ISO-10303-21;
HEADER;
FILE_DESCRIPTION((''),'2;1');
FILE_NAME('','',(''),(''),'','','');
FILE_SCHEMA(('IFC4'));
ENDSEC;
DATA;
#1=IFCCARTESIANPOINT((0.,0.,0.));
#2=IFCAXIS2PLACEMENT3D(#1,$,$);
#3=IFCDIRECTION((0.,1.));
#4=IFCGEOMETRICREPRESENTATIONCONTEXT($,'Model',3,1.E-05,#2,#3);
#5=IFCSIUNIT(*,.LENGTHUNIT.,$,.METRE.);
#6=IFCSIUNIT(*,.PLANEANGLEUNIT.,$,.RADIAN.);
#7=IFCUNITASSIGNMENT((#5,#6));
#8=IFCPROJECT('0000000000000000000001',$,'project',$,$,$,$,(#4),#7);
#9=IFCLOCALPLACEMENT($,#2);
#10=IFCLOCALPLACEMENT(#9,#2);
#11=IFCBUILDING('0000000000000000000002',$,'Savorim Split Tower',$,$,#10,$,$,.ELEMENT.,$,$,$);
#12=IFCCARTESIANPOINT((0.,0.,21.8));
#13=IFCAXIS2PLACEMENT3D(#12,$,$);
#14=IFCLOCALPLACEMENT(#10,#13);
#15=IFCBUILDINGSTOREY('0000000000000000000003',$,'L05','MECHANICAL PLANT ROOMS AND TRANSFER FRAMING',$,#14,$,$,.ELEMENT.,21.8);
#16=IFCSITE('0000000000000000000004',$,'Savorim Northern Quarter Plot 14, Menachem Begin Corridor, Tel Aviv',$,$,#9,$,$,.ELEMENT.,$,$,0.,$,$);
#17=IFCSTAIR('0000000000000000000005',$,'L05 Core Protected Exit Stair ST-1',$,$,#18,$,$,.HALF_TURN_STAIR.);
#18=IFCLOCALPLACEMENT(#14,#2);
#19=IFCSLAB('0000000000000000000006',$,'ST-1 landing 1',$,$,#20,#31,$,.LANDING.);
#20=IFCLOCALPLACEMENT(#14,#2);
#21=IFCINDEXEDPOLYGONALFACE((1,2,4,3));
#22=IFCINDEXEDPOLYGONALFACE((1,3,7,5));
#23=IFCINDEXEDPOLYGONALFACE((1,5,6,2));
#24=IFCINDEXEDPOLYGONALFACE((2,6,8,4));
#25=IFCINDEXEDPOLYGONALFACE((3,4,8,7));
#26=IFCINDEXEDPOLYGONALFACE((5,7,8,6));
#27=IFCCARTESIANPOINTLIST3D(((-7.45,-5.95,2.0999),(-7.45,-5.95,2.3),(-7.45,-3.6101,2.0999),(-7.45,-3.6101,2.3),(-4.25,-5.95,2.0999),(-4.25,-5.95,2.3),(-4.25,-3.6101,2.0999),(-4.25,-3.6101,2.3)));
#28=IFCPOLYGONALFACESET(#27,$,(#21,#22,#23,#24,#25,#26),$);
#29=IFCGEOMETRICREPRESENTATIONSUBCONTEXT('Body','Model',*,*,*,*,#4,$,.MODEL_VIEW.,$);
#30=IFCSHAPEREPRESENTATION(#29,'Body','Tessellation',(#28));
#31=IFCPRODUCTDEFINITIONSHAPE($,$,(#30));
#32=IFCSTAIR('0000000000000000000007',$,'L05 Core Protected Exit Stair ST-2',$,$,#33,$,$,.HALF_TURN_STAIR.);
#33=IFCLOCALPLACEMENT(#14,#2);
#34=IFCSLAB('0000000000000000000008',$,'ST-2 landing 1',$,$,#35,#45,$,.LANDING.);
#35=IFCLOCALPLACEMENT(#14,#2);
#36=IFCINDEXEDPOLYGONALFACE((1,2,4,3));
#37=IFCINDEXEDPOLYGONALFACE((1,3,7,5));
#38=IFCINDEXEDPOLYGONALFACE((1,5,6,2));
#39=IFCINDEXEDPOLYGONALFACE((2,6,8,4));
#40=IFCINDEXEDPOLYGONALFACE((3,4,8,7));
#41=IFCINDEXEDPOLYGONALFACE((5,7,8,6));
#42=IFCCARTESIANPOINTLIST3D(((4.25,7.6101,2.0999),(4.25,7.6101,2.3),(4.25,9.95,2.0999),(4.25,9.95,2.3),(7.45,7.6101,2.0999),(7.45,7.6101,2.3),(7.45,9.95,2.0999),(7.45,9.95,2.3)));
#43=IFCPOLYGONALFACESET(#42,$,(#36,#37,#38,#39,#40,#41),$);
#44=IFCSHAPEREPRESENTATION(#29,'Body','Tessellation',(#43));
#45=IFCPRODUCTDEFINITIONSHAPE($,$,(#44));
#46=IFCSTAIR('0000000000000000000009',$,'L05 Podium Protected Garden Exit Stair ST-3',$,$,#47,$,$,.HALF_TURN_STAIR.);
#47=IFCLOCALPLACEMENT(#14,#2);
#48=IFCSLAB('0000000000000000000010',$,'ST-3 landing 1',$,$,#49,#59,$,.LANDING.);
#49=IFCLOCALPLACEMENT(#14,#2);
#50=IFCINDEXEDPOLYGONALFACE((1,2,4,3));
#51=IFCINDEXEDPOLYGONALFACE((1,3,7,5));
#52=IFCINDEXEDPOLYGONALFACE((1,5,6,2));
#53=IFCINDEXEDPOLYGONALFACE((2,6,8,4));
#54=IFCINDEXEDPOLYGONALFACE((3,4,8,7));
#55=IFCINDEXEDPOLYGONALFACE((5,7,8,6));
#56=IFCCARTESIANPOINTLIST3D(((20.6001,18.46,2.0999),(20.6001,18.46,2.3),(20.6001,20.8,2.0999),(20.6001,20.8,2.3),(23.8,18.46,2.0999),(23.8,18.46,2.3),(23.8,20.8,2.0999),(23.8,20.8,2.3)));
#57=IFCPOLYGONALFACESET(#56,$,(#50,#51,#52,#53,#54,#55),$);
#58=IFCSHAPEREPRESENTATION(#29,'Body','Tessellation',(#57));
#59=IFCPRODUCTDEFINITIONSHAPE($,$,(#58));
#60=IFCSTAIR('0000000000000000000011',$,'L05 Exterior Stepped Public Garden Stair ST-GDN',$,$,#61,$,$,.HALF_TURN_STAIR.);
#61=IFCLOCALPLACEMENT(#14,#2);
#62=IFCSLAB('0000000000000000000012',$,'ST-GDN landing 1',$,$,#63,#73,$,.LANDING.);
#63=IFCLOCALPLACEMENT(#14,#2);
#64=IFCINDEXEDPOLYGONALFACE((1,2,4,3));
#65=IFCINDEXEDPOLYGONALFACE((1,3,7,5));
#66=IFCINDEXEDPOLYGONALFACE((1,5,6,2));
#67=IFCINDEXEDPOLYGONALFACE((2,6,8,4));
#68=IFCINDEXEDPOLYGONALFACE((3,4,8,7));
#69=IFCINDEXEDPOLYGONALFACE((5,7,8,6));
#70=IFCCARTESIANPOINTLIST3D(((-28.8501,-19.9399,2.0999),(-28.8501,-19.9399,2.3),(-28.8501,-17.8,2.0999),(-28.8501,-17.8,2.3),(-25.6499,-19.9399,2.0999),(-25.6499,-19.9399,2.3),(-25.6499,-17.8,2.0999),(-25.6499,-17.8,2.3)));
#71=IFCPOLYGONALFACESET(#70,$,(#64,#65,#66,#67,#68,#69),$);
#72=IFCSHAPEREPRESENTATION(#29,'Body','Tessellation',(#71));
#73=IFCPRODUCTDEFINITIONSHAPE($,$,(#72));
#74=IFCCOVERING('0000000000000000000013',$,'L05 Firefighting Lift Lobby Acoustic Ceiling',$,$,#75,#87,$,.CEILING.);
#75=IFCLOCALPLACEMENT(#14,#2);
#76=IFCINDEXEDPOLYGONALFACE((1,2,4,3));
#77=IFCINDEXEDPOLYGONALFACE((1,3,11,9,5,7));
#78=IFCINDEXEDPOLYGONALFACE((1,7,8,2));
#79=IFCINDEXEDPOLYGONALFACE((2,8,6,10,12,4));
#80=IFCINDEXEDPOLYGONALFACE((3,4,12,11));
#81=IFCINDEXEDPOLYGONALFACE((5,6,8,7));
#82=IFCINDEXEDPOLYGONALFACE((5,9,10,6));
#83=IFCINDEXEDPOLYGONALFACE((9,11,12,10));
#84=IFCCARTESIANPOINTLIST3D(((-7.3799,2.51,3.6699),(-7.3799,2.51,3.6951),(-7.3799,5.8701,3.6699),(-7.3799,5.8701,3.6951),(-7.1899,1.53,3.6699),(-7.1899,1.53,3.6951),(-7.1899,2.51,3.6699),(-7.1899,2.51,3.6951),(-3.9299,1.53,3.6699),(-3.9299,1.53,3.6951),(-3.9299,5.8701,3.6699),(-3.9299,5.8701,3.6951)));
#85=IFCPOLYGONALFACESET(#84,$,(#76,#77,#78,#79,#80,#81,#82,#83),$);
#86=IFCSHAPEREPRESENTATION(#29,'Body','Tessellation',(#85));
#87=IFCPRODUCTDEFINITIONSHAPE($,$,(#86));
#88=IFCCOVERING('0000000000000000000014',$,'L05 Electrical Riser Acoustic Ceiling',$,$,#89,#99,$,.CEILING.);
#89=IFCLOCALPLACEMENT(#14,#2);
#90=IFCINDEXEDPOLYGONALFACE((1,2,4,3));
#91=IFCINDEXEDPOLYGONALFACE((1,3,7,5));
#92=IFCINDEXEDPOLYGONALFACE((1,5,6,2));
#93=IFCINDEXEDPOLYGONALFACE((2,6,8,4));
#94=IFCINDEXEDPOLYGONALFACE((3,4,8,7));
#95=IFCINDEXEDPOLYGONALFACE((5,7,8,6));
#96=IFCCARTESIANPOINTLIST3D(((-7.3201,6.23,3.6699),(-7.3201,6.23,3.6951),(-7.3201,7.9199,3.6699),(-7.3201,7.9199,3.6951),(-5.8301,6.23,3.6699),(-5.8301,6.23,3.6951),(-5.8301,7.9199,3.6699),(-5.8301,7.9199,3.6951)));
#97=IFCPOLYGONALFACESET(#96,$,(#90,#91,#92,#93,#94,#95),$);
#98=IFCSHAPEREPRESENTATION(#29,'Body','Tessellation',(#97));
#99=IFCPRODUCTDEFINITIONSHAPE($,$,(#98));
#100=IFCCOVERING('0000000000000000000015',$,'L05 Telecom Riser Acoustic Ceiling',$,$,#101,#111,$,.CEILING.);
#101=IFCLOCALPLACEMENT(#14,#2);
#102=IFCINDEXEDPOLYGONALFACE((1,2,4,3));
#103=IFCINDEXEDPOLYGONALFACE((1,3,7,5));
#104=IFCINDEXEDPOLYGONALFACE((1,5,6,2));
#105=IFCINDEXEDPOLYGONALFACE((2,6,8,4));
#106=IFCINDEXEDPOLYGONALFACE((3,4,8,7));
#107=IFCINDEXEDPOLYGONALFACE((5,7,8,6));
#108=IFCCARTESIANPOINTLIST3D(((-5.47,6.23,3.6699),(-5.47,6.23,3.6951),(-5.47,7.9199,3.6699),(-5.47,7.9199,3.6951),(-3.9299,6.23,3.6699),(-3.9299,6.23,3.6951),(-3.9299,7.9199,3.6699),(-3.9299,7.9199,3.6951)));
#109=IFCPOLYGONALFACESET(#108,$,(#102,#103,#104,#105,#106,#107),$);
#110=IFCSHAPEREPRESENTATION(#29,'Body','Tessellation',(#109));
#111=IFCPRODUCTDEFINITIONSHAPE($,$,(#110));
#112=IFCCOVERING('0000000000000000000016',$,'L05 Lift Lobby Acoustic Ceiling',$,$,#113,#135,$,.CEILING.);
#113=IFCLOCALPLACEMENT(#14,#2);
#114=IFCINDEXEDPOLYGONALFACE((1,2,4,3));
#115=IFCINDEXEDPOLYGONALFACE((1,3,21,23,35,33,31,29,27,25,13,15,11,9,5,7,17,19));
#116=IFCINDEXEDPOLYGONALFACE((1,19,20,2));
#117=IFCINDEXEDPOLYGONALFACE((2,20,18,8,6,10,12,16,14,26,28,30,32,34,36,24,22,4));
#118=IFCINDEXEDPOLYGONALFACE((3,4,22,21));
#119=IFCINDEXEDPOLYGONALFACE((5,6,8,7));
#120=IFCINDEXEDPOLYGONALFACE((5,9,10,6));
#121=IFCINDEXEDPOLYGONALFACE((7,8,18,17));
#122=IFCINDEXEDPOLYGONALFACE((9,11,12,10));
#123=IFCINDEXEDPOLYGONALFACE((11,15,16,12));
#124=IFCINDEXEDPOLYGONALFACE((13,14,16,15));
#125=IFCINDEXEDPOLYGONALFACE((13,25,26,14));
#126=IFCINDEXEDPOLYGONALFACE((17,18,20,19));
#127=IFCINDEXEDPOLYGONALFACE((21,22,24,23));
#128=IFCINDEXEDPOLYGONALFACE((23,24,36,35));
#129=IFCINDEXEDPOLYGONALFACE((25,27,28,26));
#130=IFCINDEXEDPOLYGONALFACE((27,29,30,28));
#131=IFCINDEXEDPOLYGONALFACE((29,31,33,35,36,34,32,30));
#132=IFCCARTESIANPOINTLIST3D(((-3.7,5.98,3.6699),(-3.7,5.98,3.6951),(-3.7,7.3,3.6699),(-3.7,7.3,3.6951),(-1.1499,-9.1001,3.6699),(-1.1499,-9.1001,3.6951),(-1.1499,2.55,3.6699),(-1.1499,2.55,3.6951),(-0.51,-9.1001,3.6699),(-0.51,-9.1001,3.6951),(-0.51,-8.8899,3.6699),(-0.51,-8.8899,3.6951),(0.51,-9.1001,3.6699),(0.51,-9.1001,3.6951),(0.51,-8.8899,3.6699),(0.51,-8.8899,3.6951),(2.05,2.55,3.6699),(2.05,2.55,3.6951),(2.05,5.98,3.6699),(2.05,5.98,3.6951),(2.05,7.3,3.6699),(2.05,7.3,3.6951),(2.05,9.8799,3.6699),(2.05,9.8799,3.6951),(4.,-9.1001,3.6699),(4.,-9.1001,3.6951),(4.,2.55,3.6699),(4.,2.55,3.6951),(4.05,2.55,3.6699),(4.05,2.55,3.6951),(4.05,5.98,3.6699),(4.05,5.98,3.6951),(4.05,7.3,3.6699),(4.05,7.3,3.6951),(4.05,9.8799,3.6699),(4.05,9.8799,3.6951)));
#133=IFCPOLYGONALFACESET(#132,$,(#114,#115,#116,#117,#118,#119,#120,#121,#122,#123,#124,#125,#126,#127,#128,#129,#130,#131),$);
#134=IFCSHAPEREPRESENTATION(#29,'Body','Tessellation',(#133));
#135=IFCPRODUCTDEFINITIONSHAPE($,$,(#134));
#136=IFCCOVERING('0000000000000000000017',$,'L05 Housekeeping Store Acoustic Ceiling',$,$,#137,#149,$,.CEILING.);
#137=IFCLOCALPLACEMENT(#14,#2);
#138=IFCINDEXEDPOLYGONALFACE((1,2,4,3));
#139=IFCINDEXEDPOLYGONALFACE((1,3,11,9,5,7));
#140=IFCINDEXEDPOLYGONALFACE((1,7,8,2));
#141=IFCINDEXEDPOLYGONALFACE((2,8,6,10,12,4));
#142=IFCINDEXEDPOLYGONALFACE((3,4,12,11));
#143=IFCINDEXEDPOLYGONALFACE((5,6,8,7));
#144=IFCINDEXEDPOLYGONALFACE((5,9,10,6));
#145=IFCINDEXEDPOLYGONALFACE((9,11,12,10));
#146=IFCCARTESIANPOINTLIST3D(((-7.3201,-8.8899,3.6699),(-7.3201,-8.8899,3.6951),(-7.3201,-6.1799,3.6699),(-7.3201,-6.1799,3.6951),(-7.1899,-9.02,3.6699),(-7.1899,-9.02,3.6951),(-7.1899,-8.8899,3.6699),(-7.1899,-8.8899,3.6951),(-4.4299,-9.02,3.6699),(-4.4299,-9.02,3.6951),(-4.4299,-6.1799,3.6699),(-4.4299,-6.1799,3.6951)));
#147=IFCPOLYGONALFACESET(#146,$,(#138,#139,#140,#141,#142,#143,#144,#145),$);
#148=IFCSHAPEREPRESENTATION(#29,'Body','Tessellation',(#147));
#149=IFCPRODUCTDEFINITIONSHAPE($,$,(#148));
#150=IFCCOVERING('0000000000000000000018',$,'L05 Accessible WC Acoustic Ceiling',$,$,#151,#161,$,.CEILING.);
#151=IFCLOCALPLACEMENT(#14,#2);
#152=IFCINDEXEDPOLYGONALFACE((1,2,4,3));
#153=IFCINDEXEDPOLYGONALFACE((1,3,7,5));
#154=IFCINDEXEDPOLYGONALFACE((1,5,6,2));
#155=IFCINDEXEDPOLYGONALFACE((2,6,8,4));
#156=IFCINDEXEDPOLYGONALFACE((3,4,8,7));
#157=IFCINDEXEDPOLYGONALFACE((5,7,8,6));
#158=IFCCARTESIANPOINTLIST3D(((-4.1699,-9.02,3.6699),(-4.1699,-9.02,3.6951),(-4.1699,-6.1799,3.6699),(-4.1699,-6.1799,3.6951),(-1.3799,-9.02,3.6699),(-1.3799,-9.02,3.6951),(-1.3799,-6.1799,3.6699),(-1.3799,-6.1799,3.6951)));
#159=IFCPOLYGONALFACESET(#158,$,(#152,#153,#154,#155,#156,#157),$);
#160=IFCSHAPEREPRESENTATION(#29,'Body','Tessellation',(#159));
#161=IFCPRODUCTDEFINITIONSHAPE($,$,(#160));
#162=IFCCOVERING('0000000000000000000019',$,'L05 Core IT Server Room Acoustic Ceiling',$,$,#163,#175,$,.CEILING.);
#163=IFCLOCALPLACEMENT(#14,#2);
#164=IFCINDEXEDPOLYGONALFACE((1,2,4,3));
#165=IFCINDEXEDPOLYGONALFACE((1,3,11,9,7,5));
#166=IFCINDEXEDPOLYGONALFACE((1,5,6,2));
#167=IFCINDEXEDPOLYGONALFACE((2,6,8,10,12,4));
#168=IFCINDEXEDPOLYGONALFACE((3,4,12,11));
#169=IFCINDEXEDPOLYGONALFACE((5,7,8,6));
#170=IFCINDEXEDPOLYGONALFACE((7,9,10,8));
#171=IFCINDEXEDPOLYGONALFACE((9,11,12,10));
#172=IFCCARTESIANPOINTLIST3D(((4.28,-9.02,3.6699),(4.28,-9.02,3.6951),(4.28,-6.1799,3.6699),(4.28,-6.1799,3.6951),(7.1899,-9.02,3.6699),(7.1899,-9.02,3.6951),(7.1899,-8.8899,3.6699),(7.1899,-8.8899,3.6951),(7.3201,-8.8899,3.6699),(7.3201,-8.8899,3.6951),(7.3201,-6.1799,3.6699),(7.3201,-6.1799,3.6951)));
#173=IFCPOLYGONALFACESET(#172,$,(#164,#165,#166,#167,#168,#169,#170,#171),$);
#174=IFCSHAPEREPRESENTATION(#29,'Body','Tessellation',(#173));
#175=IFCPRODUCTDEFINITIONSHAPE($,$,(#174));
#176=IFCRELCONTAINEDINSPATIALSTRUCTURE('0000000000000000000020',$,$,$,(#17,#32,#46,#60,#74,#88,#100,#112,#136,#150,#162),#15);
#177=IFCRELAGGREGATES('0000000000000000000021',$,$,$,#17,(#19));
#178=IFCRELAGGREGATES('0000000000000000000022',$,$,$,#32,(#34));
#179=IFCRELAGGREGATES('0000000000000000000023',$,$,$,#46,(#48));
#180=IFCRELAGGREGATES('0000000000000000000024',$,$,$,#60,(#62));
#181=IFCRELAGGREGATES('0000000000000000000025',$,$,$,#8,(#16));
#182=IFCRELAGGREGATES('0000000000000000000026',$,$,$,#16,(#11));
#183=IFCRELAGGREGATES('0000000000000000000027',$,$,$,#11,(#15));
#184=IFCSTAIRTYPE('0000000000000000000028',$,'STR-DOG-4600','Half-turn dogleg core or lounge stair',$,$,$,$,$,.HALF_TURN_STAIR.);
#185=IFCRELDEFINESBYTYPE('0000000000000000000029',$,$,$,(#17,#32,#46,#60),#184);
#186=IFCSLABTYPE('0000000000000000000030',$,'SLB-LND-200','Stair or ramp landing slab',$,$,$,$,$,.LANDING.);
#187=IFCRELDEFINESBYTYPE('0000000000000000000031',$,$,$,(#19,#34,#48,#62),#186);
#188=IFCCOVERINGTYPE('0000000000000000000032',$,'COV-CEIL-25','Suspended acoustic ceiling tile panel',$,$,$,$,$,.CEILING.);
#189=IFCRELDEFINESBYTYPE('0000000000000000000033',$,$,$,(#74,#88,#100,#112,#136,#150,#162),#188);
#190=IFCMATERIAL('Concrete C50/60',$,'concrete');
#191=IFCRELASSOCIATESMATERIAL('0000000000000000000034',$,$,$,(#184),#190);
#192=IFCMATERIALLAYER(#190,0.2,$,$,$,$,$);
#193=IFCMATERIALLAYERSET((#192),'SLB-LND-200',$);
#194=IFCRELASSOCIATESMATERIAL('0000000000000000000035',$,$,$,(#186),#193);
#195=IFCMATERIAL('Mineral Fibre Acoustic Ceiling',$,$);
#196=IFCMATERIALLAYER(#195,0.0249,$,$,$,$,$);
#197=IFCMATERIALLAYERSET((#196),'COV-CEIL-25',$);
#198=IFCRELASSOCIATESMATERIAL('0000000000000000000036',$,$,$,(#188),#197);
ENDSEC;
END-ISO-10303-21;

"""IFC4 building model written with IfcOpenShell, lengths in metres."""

from ifc_helpers import new_model, si_unit, direction, frame, origin, place, context, subcontext, project, spatial, polyline, outline, extrude, material, layer, layer_set, type_object, element, aggregate, save


model = new_model("IFC4")

# Units and contexts
model_context = context("Model", 3, precision=1e-05, world=origin(), true_north=direction((0.0, 1.0)))
body_context = subcontext(model_context, "Body", "Model", "MODEL_VIEW")
ifc_project = project(units=[si_unit("LENGTHUNIT", "METRE"), si_unit("PLANEANGLEUNIT", "RADIAN")], contexts=[model_context])

# Site, building, storey
site_placement = place(None, origin())
site = spatial("IfcSite", under=ifc_project, at=site_placement, Name="Savorim Northern Quarter Plot 14, Menachem Begin Corridor, Tel Aviv", CompositionType="ELEMENT", RefElevation=0.0)
building_placement = place(site_placement, origin())
building = spatial("IfcBuilding", under=site, at=building_placement, Name="Savorim Split Tower", CompositionType="ELEMENT")
storey_placement = place(building_placement, frame((0.0, 0.0, 21.8)))
storey = spatial("IfcBuildingStorey", under=building, at=storey_placement, Name="L05", Description="MECHANICAL PLANT ROOMS AND TRANSFER FRAMING", CompositionType="ELEMENT", Elevation=21.8)

# Stairs, slabs
ifc_material_1 = material(Name="Concrete C50/60", Category="concrete")
stair_type = type_object("IfcStairType", Name="STR-DOG-4600", Description="Half-turn dogleg core or lounge stair", PredefinedType="HALF_TURN_STAIR", material=ifc_material_1)
stair_1_placement = place(storey_placement, origin())
stair_1 = element("IfcStair", 1, at=stair_1_placement, inside=storey, type_object=stair_type, Name="L05 Core Protected Exit Stair ST-1", PredefinedType="HALF_TURN_STAIR")
ifc_layer_1 = layer(ifc_material_1, 0.2)
ifc_layer_set_1 = layer_set([ifc_layer_1], Name="SLB-LND-200")
slab_type = type_object("IfcSlabType", Name="SLB-LND-200", Description="Stair or ramp landing slab", PredefinedType="LANDING", material=ifc_layer_set_1)
slab_1_placement = place(storey_placement, frame((0.0, 0.0, 2.0999)))
slab_1 = element("IfcSlab", 2, at=slab_1_placement, type_object=slab_type, Name="ST-1 landing 1", PredefinedType="LANDING", context=body_context, shape_type="SweptSolid", body=[
    extrude(outline(polyline([(-7.45, -3.6101), (-7.45, -5.95), (-4.25, -5.95), (-4.25, -3.6101), (-7.45, -3.6101)])), origin(), (0.0, 0.0, 1.0), 0.2002),
])
aggregate(stair_1, [slab_1])
stair_2_placement = place(storey_placement, origin())
stair_2 = element("IfcStair", 3, at=stair_2_placement, inside=storey, type_object=stair_type, Name="L05 Core Protected Exit Stair ST-2", PredefinedType="HALF_TURN_STAIR")
slab_2_placement = place(storey_placement, frame((0.0, 0.0, 2.0999)))
slab_2 = element("IfcSlab", 4, at=slab_2_placement, type_object=slab_type, Name="ST-2 landing 1", PredefinedType="LANDING", context=body_context, shape_type="SweptSolid", body=[
    extrude(outline(polyline([(7.45, 7.6101), (7.45, 9.95), (4.25, 9.95), (4.25, 7.6101), (7.45, 7.6101)])), origin(), (0.0, 0.0, 1.0), 0.2002),
])
aggregate(stair_2, [slab_2])
stair_3_placement = place(storey_placement, origin())
stair_3 = element("IfcStair", 5, at=stair_3_placement, inside=storey, type_object=stair_type, Name="L05 Podium Protected Garden Exit Stair ST-3", PredefinedType="HALF_TURN_STAIR")
slab_3_placement = place(storey_placement, frame((0.0, 0.0, 2.0999)))
slab_3 = element("IfcSlab", 6, at=slab_3_placement, type_object=slab_type, Name="ST-3 landing 1", PredefinedType="LANDING", context=body_context, shape_type="SweptSolid", body=[
    extrude(outline(polyline([(23.8, 18.46), (23.8, 20.8), (20.6001, 20.8), (20.6001, 18.46), (23.8, 18.46)])), origin(), (0.0, 0.0, 1.0), 0.2002),
])
aggregate(stair_3, [slab_3])
stair_4_placement = place(storey_placement, origin())
stair_4 = element("IfcStair", 7, at=stair_4_placement, inside=storey, type_object=stair_type, Name="L05 Exterior Stepped Public Garden Stair ST-GDN", PredefinedType="HALF_TURN_STAIR")
slab_4_placement = place(storey_placement, frame((0.0, 0.0, 2.0999)))
slab_4 = element("IfcSlab", 8, at=slab_4_placement, type_object=slab_type, Name="ST-GDN landing 1", PredefinedType="LANDING", context=body_context, shape_type="SweptSolid", body=[
    extrude(outline(polyline([(-25.6499, -19.9399), (-25.6499, -17.8), (-28.8501, -17.8), (-28.8501, -19.9399), (-25.6499, -19.9399)])), origin(), (0.0, 0.0, 1.0), 0.2002),
])
aggregate(stair_4, [slab_4])

# Coverings
ifc_material_2 = material(Name="Mineral Fibre Acoustic Ceiling")
ifc_layer_2 = layer(ifc_material_2, 0.0249)
ifc_layer_set_2 = layer_set([ifc_layer_2], Name="COV-CEIL-25")
covering_type_1 = type_object("IfcCoveringType", Name="COV-CEIL-25", Description="Suspended acoustic ceiling tile panel", PredefinedType="CEILING", material=ifc_layer_set_2)
covering_1_placement = place(storey_placement, frame((0.0, 0.0, 3.6699)))
element("IfcCovering", 9, at=covering_1_placement, inside=storey, type_object=covering_type_1, Name="L05 Firefighting Lift Lobby Acoustic Ceiling", PredefinedType="CEILING", context=body_context, shape_type="SweptSolid", body=[
    extrude(outline(polyline([(-3.9299, 5.8701), (-7.3799, 5.8701), (-7.3799, 2.51), (-7.1899, 2.51), (-7.1899, 1.53), (-3.9299, 1.53), (-3.9299, 5.8701)])), origin(), (0.0, 0.0, 1.0), 0.0251),
])
covering_2_placement = place(storey_placement, frame((0.0, 0.0, 3.6699)))
element("IfcCovering", 10, at=covering_2_placement, inside=storey, type_object=covering_type_1, Name="L05 Electrical Riser Acoustic Ceiling", PredefinedType="CEILING", context=body_context, shape_type="SweptSolid", body=[
    extrude(outline(polyline([(-7.3201, 7.9199), (-7.3201, 6.23), (-5.8301, 6.23), (-5.8301, 7.9199), (-7.3201, 7.9199)])), origin(), (0.0, 0.0, 1.0), 0.0251),
])
covering_3_placement = place(storey_placement, frame((0.0, 0.0, 3.6699)))
element("IfcCovering", 11, at=covering_3_placement, inside=storey, type_object=covering_type_1, Name="L05 Telecom Riser Acoustic Ceiling", PredefinedType="CEILING", context=body_context, shape_type="SweptSolid", body=[
    extrude(outline(polyline([(-5.47, 7.9199), (-5.47, 6.23), (-3.9299, 6.23), (-3.9299, 7.9199), (-5.47, 7.9199)])), origin(), (0.0, 0.0, 1.0), 0.0251),
])
covering_4_placement = place(storey_placement, frame((0.0, 0.0, 3.6699)))
element("IfcCovering", 12, at=covering_4_placement, inside=storey, type_object=covering_type_1, Name="L05 Lift Lobby Acoustic Ceiling", PredefinedType="CEILING", context=body_context, shape_type="SweptSolid", body=[
    extrude(outline(polyline([(2.05, 2.55), (-1.1499, 2.55), (-1.1499, -9.1001), (-0.51, -9.1001), (-0.51, -8.8899), (0.51, -8.8899), (0.51, -9.1001), (4.0, -9.1001), (4.0, 2.55), (4.05, 2.55), (4.05, 5.98), (4.05, 7.3), (4.05, 9.8799), (2.05, 9.8799), (2.05, 7.3), (-3.7, 7.3), (-3.7, 5.98), (2.05, 5.98), (2.05, 2.55)])), origin(), (0.0, 0.0, 1.0), 0.0251),
])
covering_5_placement = place(storey_placement, frame((0.0, 0.0, 3.6699)))
element("IfcCovering", 13, at=covering_5_placement, inside=storey, type_object=covering_type_1, Name="L05 Housekeeping Store Acoustic Ceiling", PredefinedType="CEILING", context=body_context, shape_type="SweptSolid", body=[
    extrude(outline(polyline([(-4.4299, -6.1799), (-7.3201, -6.1799), (-7.3201, -8.8899), (-7.1899, -8.8899), (-7.1899, -9.02), (-4.4299, -9.02), (-4.4299, -6.1799)])), origin(), (0.0, 0.0, 1.0), 0.0251),
])
covering_6_placement = place(storey_placement, frame((0.0, 0.0, 3.6699)))
element("IfcCovering", 14, at=covering_6_placement, inside=storey, type_object=covering_type_1, Name="L05 Accessible WC Acoustic Ceiling", PredefinedType="CEILING", context=body_context, shape_type="SweptSolid", body=[
    extrude(outline(polyline([(-4.1699, -6.1799), (-4.1699, -9.02), (-1.3799, -9.02), (-1.3799, -6.1799), (-4.1699, -6.1799)])), origin(), (0.0, 0.0, 1.0), 0.0251),
])
covering_7_placement = place(storey_placement, frame((0.0, 0.0, 3.6699)))
element("IfcCovering", 15, at=covering_7_placement, inside=storey, type_object=covering_type_1, Name="L05 Core IT Server Room Acoustic Ceiling", PredefinedType="CEILING", context=body_context, shape_type="SweptSolid", body=[
    extrude(outline(polyline([(4.28, -6.1799), (4.28, -9.02), (7.1899, -9.02), (7.1899, -8.8899), (7.3201, -8.8899), (7.3201, -6.1799), (4.28, -6.1799)])), origin(), (0.0, 0.0, 1.0), 0.0251),
])

save(model, "model.ifc")
